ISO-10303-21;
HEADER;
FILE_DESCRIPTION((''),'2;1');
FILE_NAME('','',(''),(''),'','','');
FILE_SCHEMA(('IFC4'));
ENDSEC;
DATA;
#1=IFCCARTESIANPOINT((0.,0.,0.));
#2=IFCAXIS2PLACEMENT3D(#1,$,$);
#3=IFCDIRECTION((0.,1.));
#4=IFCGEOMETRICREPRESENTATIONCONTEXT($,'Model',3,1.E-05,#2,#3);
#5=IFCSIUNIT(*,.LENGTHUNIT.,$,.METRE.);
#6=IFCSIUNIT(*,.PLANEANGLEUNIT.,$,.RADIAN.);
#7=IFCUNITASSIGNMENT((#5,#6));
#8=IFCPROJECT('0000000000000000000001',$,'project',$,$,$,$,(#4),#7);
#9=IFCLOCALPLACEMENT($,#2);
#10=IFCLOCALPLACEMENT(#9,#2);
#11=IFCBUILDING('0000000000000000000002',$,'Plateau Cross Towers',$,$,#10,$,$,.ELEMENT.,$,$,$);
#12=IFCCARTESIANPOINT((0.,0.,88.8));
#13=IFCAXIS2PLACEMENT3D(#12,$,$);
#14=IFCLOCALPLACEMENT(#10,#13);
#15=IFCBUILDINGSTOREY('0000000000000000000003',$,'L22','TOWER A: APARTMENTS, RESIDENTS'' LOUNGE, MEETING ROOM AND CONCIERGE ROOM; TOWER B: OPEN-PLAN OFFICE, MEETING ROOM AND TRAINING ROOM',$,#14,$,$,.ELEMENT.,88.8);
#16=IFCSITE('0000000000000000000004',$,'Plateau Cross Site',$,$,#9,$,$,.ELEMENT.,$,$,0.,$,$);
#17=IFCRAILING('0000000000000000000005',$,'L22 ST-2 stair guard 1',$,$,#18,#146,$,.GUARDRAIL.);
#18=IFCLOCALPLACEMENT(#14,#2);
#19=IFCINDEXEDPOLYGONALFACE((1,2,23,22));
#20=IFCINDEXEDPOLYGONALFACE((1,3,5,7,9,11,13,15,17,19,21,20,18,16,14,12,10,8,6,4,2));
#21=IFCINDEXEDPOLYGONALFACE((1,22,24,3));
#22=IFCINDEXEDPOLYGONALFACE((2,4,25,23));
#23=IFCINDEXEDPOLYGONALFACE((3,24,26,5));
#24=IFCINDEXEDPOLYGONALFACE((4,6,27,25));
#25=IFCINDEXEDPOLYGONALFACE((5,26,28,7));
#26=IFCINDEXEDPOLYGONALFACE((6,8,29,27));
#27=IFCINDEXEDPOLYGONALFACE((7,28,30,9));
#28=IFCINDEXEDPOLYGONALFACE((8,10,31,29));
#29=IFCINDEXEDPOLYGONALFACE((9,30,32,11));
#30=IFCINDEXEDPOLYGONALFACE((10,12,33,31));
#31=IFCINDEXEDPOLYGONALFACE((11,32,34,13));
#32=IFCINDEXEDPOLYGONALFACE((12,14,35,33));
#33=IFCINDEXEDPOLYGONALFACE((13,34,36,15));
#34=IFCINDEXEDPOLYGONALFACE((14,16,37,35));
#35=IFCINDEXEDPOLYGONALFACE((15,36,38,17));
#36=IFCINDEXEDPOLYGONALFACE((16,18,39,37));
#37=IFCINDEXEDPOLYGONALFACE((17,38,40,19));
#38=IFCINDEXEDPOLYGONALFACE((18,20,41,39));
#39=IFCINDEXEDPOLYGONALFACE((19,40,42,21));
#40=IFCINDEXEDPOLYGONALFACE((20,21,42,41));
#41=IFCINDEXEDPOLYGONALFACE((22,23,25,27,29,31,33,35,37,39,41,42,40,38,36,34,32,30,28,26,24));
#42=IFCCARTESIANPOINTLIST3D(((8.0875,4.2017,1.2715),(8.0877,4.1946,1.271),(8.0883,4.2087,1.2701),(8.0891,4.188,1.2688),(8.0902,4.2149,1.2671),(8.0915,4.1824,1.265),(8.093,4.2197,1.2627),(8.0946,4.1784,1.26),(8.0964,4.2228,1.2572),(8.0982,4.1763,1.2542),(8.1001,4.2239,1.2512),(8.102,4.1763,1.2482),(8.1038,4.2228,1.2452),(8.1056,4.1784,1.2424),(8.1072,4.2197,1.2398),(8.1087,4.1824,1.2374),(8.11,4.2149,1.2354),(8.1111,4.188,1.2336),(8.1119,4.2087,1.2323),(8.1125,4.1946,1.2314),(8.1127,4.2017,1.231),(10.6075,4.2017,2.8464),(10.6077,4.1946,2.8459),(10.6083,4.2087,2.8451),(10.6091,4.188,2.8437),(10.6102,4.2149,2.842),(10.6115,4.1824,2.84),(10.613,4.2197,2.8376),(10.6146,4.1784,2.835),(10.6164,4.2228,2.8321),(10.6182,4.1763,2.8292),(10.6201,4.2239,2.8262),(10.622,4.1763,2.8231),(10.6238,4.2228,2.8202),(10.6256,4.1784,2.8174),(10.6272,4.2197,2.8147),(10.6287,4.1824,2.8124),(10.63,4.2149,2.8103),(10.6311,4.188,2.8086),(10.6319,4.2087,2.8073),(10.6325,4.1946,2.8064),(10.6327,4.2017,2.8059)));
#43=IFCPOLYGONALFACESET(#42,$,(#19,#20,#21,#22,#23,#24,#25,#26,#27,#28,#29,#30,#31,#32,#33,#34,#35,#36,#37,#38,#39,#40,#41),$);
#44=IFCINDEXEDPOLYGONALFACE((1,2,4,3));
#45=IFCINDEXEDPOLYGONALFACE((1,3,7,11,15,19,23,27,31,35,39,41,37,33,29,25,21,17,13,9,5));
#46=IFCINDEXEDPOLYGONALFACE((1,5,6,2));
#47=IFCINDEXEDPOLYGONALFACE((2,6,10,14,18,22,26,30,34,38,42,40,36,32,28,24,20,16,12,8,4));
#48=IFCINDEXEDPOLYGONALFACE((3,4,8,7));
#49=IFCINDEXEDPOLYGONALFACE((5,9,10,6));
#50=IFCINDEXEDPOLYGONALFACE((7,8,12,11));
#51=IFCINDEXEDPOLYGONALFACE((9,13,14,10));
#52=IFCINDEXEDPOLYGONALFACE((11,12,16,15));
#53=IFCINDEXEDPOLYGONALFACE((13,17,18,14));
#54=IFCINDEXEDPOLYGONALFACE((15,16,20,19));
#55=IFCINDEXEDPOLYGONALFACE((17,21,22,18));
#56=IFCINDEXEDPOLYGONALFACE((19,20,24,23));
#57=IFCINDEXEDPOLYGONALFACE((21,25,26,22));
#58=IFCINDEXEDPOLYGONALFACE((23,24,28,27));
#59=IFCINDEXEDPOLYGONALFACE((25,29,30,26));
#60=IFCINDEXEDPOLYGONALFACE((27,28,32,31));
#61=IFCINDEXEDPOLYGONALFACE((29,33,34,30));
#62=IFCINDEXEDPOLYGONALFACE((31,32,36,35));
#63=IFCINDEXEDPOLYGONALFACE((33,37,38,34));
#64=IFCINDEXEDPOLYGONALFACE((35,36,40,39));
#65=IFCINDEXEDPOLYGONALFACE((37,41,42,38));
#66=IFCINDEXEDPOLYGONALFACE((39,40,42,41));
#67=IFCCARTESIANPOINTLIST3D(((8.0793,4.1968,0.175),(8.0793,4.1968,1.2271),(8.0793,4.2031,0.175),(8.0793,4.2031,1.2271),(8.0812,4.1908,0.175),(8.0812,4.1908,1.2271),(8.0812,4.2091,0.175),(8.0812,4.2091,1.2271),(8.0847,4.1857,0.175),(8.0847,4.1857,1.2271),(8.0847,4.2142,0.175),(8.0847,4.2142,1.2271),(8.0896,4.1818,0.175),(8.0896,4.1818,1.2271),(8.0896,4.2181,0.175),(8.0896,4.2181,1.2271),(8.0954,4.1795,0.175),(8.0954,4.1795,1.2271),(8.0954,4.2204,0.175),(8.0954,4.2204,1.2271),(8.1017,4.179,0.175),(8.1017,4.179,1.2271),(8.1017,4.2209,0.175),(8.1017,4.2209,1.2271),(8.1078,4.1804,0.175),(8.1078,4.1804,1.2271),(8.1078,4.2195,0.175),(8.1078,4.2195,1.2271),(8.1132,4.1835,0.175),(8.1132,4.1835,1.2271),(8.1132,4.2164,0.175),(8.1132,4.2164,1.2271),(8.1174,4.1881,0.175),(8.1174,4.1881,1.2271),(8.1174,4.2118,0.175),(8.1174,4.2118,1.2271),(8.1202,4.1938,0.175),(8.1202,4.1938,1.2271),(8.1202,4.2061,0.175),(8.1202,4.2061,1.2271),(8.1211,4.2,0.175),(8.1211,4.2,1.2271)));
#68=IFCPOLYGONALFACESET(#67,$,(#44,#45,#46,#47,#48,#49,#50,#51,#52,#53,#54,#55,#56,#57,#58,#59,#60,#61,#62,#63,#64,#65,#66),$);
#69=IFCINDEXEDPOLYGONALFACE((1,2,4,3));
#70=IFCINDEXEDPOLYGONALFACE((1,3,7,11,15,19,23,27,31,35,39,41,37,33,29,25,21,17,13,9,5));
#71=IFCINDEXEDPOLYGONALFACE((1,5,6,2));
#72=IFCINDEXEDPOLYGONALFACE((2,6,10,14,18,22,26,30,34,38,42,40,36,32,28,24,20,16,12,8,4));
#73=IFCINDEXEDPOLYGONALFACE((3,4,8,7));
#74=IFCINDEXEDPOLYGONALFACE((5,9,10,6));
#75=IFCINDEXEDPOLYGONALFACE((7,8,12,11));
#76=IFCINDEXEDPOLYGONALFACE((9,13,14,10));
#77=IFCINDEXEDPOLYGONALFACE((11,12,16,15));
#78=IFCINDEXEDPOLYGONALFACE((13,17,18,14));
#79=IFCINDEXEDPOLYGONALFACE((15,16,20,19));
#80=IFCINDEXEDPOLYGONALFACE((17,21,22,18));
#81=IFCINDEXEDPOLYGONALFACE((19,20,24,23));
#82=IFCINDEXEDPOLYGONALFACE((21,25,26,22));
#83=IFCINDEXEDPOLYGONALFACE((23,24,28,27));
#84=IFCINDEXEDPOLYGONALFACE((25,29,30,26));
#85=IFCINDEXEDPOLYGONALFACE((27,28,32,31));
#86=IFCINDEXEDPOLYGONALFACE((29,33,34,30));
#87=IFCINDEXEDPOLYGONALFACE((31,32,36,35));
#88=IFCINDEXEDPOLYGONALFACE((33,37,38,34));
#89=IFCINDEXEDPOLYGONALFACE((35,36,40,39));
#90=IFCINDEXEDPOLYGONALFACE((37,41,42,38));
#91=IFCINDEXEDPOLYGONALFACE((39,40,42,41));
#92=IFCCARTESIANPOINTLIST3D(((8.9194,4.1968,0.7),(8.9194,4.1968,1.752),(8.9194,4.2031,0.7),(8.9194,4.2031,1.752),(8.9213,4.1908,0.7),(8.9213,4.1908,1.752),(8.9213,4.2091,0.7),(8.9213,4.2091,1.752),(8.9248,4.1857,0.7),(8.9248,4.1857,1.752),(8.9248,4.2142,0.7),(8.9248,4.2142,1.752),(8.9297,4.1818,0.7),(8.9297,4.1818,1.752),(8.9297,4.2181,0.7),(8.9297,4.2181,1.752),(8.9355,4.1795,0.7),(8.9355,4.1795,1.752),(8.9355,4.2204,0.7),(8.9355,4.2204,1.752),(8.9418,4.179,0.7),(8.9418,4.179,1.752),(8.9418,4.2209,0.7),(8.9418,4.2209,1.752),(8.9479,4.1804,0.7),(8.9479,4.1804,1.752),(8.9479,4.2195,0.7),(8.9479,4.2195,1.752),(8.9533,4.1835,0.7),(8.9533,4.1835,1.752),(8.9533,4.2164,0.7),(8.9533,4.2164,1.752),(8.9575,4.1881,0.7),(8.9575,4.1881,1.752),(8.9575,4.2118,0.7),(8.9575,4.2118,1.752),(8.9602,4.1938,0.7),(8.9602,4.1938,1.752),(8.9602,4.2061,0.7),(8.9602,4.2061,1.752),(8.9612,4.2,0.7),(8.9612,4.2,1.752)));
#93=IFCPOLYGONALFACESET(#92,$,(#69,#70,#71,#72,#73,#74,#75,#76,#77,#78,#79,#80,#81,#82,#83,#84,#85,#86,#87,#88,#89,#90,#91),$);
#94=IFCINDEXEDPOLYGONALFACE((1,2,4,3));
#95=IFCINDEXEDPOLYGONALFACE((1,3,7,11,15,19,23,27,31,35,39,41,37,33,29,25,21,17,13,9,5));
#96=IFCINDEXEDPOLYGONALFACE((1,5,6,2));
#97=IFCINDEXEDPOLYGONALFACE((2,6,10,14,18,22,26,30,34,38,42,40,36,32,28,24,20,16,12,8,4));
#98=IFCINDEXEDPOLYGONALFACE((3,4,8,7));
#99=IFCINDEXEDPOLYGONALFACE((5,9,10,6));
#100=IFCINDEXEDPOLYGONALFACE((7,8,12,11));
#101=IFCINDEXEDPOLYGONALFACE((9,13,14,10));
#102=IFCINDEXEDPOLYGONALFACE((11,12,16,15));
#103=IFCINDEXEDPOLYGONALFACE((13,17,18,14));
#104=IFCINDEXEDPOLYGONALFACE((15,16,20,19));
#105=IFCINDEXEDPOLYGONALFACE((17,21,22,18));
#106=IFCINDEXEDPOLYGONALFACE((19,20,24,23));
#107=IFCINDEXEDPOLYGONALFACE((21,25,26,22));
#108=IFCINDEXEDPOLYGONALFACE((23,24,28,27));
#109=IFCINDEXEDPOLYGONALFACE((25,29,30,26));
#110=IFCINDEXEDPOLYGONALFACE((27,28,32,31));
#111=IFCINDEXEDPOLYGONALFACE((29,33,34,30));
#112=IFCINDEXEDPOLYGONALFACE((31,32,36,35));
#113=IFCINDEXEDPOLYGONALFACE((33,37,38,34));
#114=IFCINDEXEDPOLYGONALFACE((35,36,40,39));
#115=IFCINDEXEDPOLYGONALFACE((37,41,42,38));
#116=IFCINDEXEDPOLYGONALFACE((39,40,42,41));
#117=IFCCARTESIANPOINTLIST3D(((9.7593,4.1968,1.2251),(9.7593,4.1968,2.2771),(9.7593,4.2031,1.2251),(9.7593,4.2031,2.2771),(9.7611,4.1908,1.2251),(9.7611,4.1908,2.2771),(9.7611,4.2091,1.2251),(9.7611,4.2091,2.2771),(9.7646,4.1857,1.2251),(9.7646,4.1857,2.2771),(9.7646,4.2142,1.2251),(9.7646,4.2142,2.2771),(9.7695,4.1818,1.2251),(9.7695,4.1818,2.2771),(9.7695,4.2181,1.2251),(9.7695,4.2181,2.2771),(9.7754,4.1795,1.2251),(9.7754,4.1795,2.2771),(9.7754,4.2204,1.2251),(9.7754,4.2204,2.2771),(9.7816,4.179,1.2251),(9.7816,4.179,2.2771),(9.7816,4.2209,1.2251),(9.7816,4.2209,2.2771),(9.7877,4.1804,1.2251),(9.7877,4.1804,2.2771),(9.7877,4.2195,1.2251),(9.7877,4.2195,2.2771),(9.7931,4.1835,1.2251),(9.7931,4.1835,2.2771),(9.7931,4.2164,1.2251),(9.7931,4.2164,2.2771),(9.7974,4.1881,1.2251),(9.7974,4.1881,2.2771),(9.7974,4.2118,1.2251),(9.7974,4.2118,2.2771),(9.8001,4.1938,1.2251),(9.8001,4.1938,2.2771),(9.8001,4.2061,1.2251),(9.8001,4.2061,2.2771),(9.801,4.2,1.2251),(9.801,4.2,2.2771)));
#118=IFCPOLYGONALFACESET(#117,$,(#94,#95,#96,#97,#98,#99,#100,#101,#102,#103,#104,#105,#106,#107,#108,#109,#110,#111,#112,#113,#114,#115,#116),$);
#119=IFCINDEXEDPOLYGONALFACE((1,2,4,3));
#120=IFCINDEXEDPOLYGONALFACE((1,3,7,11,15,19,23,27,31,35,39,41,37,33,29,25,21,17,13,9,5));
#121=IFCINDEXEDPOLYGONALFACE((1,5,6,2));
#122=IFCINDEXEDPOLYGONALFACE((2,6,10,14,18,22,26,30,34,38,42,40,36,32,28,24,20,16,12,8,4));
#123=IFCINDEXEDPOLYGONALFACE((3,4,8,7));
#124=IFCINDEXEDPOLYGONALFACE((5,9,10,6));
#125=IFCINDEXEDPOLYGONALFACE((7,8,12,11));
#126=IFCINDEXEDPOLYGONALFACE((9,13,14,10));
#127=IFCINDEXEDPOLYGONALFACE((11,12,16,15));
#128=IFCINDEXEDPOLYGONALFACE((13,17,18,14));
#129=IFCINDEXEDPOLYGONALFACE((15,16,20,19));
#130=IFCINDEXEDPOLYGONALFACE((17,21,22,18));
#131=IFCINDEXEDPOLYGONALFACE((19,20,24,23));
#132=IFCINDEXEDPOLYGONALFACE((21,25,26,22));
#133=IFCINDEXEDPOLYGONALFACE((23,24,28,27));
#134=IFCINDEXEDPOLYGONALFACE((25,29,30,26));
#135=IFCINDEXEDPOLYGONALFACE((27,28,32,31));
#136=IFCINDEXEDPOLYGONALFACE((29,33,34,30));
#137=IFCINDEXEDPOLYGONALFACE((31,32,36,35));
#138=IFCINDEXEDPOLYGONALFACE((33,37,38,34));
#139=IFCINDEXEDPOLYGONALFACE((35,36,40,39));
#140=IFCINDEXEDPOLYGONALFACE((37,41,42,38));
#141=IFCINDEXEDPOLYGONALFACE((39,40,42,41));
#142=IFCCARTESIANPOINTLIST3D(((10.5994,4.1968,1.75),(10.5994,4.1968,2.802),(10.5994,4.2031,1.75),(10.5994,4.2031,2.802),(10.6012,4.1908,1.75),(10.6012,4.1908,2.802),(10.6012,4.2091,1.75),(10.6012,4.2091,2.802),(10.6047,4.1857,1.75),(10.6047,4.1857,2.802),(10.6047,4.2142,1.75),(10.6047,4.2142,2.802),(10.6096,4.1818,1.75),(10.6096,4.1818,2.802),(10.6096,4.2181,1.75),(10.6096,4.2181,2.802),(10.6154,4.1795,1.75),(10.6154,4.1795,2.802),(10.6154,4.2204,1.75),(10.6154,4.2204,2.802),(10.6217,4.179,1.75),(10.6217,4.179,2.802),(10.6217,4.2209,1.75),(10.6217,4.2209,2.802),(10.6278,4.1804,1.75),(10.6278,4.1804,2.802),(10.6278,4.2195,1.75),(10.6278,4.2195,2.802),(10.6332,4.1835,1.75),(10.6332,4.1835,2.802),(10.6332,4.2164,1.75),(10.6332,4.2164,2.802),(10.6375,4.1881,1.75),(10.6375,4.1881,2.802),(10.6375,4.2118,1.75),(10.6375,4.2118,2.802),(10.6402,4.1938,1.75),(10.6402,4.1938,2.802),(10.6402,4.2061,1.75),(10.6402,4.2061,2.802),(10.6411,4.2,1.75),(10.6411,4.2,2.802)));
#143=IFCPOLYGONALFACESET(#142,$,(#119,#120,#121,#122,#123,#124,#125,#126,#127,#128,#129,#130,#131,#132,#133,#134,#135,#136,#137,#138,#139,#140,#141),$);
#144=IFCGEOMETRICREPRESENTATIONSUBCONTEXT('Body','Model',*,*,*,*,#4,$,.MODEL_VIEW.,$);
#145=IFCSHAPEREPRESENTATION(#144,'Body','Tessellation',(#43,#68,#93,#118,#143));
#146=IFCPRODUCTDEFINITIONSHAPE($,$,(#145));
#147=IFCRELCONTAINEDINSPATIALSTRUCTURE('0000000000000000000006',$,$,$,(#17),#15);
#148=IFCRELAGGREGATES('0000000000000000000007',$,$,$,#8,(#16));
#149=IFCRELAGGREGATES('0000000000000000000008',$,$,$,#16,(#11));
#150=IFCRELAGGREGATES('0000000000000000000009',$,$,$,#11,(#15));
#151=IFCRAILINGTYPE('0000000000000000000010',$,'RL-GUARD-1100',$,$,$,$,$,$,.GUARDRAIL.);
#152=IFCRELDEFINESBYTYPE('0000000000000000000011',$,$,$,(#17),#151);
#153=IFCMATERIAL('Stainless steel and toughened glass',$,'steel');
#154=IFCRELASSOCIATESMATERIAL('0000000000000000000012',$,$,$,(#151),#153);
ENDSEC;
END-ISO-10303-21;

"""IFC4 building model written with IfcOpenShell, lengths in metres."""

from ifc_helpers import new_model, si_unit, direction, frame, origin, origin_2d, place, context, subcontext, project, spatial, circle, extrude, material, type_object, element, save


model = new_model("IFC4")

# Units and contexts
model_context = context("Model", 3, precision=1e-05, world=origin(), true_north=direction((0.0, 1.0)))
body_context = subcontext(model_context, "Body", "Model", "MODEL_VIEW")
ifc_project = project(units=[si_unit("LENGTHUNIT", "METRE"), si_unit("PLANEANGLEUNIT", "RADIAN")], contexts=[model_context])

# Site, building, storey
site_placement = place(None, origin())
site = spatial("IfcSite", under=ifc_project, at=site_placement, Name="Plateau Cross Site", CompositionType="ELEMENT", RefElevation=0.0)
building_placement = place(site_placement, origin())
building = spatial("IfcBuilding", under=site, at=building_placement, Name="Plateau Cross Towers", CompositionType="ELEMENT")
storey_placement = place(building_placement, frame((0.0, 0.0, 88.8)))
storey = spatial("IfcBuildingStorey", under=building, at=storey_placement, Name="L22", Description="TOWER A: APARTMENTS, RESIDENTS' LOUNGE, MEETING ROOM AND CONCIERGE ROOM; TOWER B: OPEN-PLAN OFFICE, MEETING ROOM AND TRAINING ROOM", CompositionType="ELEMENT", Elevation=88.8)

# Railing
ifc_material_1 = material(Name="Stainless steel and toughened glass", Category="steel")
railing_type_1 = type_object("IfcRailingType", Name="RL-GUARD-1100", PredefinedType="GUARDRAIL", material=ifc_material_1)
railing_1_placement = place(storey_placement, frame((8.1001, 4.2, 0.175)))
element("IfcRailing", 1, at=railing_1_placement, inside=storey, type_object=railing_type_1, Name="L22 ST-2 stair guard 1", PredefinedType="GUARDRAIL", context=body_context, shape_type="SweptSolid", body=[
    extrude(circle(Radius=0.0239, at=origin_2d()), frame((0.0, 0.0, 1.0762), z_axis=(0.848008, 0.0, 0.529984), x_axis=(0.0, 1.0, 0.0)), (0.0, 0.0, 1.0), 2.9717),
    extrude(circle(Radius=0.021, at=origin_2d()), origin(), (0.0, 0.0, 1.0), 1.052),
    extrude(circle(Radius=0.021, at=origin_2d()), frame((0.8401, 0.0, 0.5249)), (0.0, 0.0, 1.0), 1.052),
    extrude(circle(Radius=0.021, at=origin_2d()), frame((1.6799, 0.0, 1.05)), (0.0, 0.0, 1.0), 1.052),
    extrude(circle(Radius=0.021, at=origin_2d()), frame((2.52, 0.0, 1.575)), (0.0, 0.0, 1.0), 1.052),
])

save(model, "model.ifc")
